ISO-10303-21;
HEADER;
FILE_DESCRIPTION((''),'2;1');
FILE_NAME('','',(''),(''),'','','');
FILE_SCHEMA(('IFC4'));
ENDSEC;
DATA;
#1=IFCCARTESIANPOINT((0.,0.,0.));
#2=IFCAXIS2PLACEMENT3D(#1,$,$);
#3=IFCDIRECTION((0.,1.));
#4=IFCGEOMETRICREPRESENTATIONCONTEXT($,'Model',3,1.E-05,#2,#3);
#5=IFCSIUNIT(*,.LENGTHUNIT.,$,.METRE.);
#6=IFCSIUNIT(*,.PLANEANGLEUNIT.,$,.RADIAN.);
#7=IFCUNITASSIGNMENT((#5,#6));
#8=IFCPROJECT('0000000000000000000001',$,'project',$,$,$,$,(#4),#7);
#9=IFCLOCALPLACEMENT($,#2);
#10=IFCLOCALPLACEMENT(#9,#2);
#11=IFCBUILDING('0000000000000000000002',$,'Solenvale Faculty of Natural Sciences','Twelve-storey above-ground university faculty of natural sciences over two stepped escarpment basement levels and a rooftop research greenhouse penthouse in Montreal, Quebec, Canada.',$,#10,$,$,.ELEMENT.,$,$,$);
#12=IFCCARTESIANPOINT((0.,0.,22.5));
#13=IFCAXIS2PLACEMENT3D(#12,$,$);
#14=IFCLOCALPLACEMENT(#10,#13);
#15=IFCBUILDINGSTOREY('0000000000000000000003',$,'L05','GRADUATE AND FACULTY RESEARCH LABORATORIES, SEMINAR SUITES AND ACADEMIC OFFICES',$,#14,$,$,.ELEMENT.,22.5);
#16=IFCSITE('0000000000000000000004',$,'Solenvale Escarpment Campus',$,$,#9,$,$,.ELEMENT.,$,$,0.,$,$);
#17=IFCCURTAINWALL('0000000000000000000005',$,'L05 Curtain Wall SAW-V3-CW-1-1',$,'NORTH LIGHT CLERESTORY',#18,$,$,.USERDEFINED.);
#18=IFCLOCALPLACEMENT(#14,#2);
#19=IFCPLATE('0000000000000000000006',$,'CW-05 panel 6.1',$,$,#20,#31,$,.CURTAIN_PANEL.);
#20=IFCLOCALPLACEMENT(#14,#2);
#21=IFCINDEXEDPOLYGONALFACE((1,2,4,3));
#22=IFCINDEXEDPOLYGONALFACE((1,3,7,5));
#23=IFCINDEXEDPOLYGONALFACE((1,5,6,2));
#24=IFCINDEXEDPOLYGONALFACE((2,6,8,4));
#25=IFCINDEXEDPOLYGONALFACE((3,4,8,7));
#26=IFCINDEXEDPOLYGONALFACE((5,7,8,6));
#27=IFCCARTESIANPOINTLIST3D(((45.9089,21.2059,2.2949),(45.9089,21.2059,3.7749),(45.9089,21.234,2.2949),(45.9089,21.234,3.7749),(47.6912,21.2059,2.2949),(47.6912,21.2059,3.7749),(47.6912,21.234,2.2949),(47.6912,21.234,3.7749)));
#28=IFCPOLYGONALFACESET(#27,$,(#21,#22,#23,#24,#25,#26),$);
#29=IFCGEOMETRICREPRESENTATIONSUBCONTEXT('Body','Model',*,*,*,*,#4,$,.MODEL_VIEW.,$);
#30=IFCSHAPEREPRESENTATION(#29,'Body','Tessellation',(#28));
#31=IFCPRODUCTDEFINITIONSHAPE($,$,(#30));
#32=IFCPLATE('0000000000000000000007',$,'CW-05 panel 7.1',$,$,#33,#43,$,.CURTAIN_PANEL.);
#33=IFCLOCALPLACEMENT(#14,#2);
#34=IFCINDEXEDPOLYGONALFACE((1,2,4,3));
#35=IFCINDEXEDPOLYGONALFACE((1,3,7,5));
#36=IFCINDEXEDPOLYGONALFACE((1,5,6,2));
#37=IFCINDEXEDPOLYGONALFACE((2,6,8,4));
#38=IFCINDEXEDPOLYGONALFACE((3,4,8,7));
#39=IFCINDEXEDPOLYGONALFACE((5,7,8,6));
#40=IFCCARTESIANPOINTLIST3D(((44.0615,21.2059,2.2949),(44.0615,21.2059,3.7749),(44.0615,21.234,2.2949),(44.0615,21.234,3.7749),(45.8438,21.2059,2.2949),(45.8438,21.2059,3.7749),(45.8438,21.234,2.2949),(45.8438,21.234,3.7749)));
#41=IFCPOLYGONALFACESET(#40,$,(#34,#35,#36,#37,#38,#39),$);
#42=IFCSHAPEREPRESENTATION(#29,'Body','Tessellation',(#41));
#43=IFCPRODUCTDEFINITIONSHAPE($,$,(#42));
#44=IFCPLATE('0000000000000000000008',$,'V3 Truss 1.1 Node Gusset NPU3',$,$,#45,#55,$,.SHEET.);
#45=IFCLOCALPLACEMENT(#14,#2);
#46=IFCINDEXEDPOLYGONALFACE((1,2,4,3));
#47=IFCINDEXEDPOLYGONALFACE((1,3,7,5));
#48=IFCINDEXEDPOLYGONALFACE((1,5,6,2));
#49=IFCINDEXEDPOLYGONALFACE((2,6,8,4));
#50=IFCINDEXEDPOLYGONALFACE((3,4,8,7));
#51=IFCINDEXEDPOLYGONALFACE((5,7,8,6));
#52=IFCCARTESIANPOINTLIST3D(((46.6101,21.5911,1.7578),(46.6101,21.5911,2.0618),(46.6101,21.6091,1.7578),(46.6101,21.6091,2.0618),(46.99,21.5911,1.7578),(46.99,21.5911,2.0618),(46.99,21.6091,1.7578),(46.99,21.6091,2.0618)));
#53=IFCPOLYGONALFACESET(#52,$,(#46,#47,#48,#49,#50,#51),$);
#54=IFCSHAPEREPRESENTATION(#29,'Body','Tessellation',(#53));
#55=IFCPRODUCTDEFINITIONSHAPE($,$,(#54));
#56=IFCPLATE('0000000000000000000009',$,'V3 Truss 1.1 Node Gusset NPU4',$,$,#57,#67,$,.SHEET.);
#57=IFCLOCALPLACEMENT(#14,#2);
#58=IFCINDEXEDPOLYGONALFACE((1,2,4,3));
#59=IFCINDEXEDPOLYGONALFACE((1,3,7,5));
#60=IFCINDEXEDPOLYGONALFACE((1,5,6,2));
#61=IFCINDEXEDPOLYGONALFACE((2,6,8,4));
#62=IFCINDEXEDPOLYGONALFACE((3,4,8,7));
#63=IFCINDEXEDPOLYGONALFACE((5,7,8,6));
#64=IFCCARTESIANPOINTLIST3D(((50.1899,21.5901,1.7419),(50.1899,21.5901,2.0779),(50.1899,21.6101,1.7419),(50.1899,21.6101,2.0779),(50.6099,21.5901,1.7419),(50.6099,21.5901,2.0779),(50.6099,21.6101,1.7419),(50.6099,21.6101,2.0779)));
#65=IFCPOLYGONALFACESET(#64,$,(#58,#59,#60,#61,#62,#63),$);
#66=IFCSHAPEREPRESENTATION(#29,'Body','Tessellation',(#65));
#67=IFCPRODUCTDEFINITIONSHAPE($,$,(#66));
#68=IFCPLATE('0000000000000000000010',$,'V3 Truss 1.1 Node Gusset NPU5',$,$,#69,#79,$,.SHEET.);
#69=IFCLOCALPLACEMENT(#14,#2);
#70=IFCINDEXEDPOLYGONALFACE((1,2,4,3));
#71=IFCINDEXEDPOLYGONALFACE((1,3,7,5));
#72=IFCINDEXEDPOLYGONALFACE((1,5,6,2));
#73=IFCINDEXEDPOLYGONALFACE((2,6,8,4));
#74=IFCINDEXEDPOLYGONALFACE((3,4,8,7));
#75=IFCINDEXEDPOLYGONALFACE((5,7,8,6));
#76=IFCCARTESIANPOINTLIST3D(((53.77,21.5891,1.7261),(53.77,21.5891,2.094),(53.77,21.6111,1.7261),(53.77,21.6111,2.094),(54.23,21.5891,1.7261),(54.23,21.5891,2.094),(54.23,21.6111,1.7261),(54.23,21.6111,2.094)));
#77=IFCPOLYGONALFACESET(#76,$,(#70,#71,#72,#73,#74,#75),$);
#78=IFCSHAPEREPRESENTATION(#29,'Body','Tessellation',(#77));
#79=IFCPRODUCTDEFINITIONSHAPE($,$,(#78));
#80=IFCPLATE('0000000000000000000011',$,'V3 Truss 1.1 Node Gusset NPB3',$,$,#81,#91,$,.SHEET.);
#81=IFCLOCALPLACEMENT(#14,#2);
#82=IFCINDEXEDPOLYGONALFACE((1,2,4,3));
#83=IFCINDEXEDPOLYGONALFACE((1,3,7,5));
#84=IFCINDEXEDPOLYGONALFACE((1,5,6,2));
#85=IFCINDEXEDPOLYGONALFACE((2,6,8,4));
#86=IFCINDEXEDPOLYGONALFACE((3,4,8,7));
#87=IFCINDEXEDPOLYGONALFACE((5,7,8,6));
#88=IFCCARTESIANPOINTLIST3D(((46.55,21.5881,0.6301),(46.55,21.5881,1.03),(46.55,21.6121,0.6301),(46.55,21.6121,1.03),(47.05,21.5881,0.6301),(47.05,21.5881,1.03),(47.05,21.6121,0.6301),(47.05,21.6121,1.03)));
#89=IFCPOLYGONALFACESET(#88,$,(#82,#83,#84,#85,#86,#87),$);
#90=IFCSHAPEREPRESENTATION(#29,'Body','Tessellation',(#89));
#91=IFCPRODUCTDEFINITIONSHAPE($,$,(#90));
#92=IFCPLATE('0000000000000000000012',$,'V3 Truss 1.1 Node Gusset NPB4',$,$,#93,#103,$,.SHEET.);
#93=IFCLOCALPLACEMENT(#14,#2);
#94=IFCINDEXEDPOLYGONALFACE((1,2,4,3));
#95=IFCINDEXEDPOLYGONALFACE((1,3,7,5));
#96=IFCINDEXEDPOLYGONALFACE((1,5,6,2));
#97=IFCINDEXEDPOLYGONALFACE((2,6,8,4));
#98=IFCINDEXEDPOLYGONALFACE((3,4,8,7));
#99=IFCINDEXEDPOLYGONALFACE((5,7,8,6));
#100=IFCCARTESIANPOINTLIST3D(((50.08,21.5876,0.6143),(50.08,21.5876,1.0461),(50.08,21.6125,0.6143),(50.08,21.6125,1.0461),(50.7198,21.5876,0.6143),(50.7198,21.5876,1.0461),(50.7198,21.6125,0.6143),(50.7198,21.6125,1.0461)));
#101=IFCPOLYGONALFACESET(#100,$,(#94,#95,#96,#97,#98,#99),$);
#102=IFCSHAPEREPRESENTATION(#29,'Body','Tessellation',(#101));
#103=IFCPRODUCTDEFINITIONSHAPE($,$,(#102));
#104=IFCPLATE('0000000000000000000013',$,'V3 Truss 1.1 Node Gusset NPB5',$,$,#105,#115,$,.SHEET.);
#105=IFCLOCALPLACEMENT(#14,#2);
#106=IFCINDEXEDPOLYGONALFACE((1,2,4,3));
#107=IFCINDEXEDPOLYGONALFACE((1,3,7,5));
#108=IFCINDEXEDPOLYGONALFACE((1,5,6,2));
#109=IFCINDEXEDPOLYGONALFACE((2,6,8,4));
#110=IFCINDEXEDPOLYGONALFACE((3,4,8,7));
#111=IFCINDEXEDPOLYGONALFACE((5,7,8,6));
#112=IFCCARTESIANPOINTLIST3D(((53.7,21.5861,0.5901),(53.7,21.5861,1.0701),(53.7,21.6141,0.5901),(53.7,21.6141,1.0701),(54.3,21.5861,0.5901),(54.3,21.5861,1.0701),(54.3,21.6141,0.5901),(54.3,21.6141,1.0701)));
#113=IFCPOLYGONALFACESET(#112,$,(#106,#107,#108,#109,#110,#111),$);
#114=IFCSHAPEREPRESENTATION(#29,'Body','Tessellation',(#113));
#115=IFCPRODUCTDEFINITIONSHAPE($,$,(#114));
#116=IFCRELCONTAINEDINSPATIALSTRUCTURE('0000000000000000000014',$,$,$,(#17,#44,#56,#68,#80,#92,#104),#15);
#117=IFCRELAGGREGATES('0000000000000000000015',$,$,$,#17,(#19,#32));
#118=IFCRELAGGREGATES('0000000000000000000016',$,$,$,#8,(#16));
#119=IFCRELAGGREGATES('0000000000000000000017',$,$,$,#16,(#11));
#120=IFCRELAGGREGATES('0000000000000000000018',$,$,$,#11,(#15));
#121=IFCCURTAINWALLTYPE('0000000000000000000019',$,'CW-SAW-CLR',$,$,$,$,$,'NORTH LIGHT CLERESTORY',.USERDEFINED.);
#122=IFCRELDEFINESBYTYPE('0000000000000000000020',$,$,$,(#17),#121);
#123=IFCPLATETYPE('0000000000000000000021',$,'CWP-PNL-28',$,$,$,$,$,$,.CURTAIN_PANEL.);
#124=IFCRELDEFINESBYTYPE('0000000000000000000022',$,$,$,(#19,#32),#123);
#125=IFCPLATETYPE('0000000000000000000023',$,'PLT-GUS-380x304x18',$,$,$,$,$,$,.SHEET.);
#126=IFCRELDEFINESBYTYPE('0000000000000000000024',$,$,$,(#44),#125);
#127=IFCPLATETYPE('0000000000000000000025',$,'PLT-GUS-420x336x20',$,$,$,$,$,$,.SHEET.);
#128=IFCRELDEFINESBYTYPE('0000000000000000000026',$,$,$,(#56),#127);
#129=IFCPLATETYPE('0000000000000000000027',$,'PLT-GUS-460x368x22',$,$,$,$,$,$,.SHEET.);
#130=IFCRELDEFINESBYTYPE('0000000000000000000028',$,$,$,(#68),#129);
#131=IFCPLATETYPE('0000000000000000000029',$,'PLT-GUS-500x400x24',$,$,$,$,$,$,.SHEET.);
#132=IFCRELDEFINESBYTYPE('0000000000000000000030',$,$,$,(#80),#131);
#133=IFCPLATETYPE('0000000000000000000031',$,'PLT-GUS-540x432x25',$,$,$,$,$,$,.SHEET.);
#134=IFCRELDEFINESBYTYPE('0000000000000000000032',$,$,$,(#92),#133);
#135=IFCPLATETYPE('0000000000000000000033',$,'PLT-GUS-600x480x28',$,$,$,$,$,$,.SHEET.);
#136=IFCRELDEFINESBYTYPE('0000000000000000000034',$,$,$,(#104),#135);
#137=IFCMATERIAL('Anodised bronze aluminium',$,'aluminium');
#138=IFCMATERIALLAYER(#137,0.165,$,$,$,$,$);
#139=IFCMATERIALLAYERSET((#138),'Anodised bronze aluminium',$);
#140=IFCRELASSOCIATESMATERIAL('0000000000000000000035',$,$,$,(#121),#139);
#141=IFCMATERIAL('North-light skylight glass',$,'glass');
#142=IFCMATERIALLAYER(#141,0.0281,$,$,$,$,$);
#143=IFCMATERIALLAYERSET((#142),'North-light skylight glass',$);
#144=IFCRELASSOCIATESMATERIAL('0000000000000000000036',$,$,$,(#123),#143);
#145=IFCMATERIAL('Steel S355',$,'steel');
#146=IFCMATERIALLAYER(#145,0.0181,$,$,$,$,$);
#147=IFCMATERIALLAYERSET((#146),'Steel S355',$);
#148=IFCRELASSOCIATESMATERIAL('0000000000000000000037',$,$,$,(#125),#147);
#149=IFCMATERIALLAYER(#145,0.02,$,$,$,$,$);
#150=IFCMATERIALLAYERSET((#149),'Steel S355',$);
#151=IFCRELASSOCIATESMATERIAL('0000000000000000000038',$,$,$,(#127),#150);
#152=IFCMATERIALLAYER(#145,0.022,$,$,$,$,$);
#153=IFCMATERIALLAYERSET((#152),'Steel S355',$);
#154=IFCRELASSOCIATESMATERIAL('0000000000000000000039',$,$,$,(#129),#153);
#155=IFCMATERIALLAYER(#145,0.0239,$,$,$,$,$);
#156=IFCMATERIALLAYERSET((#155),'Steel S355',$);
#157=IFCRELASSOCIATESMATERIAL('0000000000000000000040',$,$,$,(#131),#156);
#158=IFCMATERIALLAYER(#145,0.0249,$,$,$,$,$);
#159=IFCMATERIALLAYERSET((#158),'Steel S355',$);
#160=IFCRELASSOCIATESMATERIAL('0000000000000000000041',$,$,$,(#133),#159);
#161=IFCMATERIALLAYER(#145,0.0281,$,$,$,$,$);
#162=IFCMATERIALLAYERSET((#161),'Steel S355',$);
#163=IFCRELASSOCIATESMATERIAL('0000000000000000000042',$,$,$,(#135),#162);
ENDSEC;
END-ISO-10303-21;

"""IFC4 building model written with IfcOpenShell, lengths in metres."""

from ifc_helpers import new_model, si_unit, direction, frame, origin, origin_2d, place, context, subcontext, project, spatial, rectangle, extrude, material, layer, layer_set, type_object, element, aggregate, save


model = new_model("IFC4")

# Units and contexts
model_context = context("Model", 3, precision=1e-05, world=origin(), true_north=direction((0.0, 1.0)))
body_context = subcontext(model_context, "Body", "Model", "MODEL_VIEW")
ifc_project = project(units=[si_unit("LENGTHUNIT", "METRE"), si_unit("PLANEANGLEUNIT", "RADIAN")], contexts=[model_context])

# Site, building, storey
site_placement = place(None, origin())
site = spatial("IfcSite", under=ifc_project, at=site_placement, Name="Solenvale Escarpment Campus", CompositionType="ELEMENT", RefElevation=0.0)
building_placement = place(site_placement, origin())
building = spatial("IfcBuilding", under=site, at=building_placement, Name="Solenvale Faculty of Natural Sciences", Description="Twelve-storey above-ground university faculty of natural sciences over two stepped escarpment basement levels and a rooftop research greenhouse penthouse in Montreal, Quebec, Canada.", CompositionType="ELEMENT")
storey_placement = place(building_placement, frame((0.0, 0.0, 22.5)))
storey = spatial("IfcBuildingStorey", under=building, at=storey_placement, Name="L05", Description="GRADUATE AND FACULTY RESEARCH LABORATORIES, SEMINAR SUITES AND ACADEMIC OFFICES", CompositionType="ELEMENT", Elevation=22.5)

# Curtain wall
ifc_material_1 = material(Name="Anodised bronze aluminium", Category="aluminium")
ifc_layer_1 = layer(ifc_material_1, 0.165)
ifc_layer_set_1 = layer_set([ifc_layer_1], Name="Anodised bronze aluminium")
curtain_wall_type = type_object("IfcCurtainWallType", Name="CW-SAW-CLR", ElementType="NORTH LIGHT CLERESTORY", PredefinedType="USERDEFINED", material=ifc_layer_set_1)
curtain_wall_placement = place(storey_placement, origin())
curtain_wall = element("IfcCurtainWall", 1, at=curtain_wall_placement, inside=storey, type_object=curtain_wall_type, Name="L05 Curtain Wall SAW-V3-CW-1-1", ObjectType="NORTH LIGHT CLERESTORY", PredefinedType="USERDEFINED")

# Shared definitions
ifc_material_2 = material(Name="Steel S355", Category="steel")

# Plates
ifc_material_3 = material(Name="North-light skylight glass", Category="glass")
ifc_layer_2 = layer(ifc_material_3, 0.0281)
ifc_layer_set_2 = layer_set([ifc_layer_2], Name="North-light skylight glass")
plate_type_1 = type_object("IfcPlateType", Name="CWP-PNL-28", PredefinedType="CURTAIN_PANEL", material=ifc_layer_set_2)
plate_1_placement = place(storey_placement, frame((46.8, 21.22, 2.2949), z_axis=(0.0, 0.0, 1.0), x_axis=(-1.0, 0.0, 0.0)))
plate_1 = element("IfcPlate", 2, at=plate_1_placement, type_object=plate_type_1, Name="CW-05 panel 6.1", PredefinedType="CURTAIN_PANEL", context=body_context, shape_type="SweptSolid", body=[
    extrude(rectangle(XDim=1.7822, YDim=0.0281, at=origin_2d()), origin(), (0.0, 0.0, 1.0), 1.48),
])
plate_2_placement = place(storey_placement, frame((44.9526, 21.22, 2.2949), z_axis=(0.0, 0.0, 1.0), x_axis=(-1.0, 0.0, 0.0)))
plate_2 = element("IfcPlate", 3, at=plate_2_placement, type_object=plate_type_1, Name="CW-05 panel 7.1", PredefinedType="CURTAIN_PANEL", context=body_context, shape_type="SweptSolid", body=[
    extrude(rectangle(XDim=1.7822, YDim=0.0281, at=origin_2d()), origin(), (0.0, 0.0, 1.0), 1.48),
])
aggregate(curtain_wall, [plate_1, plate_2])

# Plates
ifc_layer_3 = layer(ifc_material_2, 0.0181)
ifc_layer_set_3 = layer_set([ifc_layer_3], Name="Steel S355")
plate_type_2 = type_object("IfcPlateType", Name="PLT-GUS-380x304x18", PredefinedType="SHEET", material=ifc_layer_set_3)
plate_3_placement = place(storey_placement, frame((46.8, 21.6001, 1.7578), z_axis=(0.0, 0.0, 1.0), x_axis=(1.0, 0.0, 0.0)))
element("IfcPlate", 4, at=plate_3_placement, inside=storey, type_object=plate_type_2, Name="V3 Truss 1.1 Node Gusset NPU3", PredefinedType="SHEET", context=body_context, shape_type="SweptSolid", body=[
    extrude(rectangle(XDim=0.3799, YDim=0.0181, at=origin_2d()), origin(), (0.0, 0.0, 1.0), 0.304),
])
ifc_layer_4 = layer(ifc_material_2, 0.02)
ifc_layer_set_4 = layer_set([ifc_layer_4], Name="Steel S355")
plate_type_3 = type_object("IfcPlateType", Name="PLT-GUS-420x336x20", PredefinedType="SHEET", material=ifc_layer_set_4)
plate_4_placement = place(storey_placement, frame((50.3999, 21.6001, 1.7419), z_axis=(0.0, 0.0, 1.0), x_axis=(1.0, 0.0, 0.0)))
element("IfcPlate", 5, at=plate_4_placement, inside=storey, type_object=plate_type_3, Name="V3 Truss 1.1 Node Gusset NPU4", PredefinedType="SHEET", context=body_context, shape_type="SweptSolid", body=[
    extrude(rectangle(XDim=0.4199, YDim=0.02, at=origin_2d()), origin(), (0.0, 0.0, 1.0), 0.3359),
])
ifc_layer_5 = layer(ifc_material_2, 0.022)
ifc_layer_set_5 = layer_set([ifc_layer_5], Name="Steel S355")
plate_type_4 = type_object("IfcPlateType", Name="PLT-GUS-460x368x22", PredefinedType="SHEET", material=ifc_layer_set_5)
plate_5_placement = place(storey_placement, frame((54.0, 21.6001, 1.7261), z_axis=(0.0, 0.0, 1.0), x_axis=(1.0, 0.0, 0.0)))
element("IfcPlate", 6, at=plate_5_placement, inside=storey, type_object=plate_type_4, Name="V3 Truss 1.1 Node Gusset NPU5", PredefinedType="SHEET", context=body_context, shape_type="SweptSolid", body=[
    extrude(rectangle(XDim=0.46, YDim=0.022, at=origin_2d()), origin(), (0.0, 0.0, 1.0), 0.3679),
])
ifc_layer_6 = layer(ifc_material_2, 0.0239)
ifc_layer_set_6 = layer_set([ifc_layer_6], Name="Steel S355")
plate_type_5 = type_object("IfcPlateType", Name="PLT-GUS-500x400x24", PredefinedType="SHEET", material=ifc_layer_set_6)
plate_6_placement = place(storey_placement, frame((46.8, 21.6001, 0.6301), z_axis=(0.0, 0.0, 1.0), x_axis=(1.0, 0.0, 0.0)))
element("IfcPlate", 7, at=plate_6_placement, inside=storey, type_object=plate_type_5, Name="V3 Truss 1.1 Node Gusset NPB3", PredefinedType="SHEET", context=body_context, shape_type="SweptSolid", body=[
    extrude(rectangle(XDim=0.5, YDim=0.0239, at=origin_2d()), origin(), (0.0, 0.0, 1.0), 0.3999),
])
ifc_layer_7 = layer(ifc_material_2, 0.0249)
ifc_layer_set_7 = layer_set([ifc_layer_7], Name="Steel S355")
plate_type_6 = type_object("IfcPlateType", Name="PLT-GUS-540x432x25", PredefinedType="SHEET", material=ifc_layer_set_7)
plate_7_placement = place(storey_placement, frame((50.3999, 21.6001, 0.6143), z_axis=(0.0, 0.0, 1.0), x_axis=(1.0, 0.0, 0.0)))
element("IfcPlate", 8, at=plate_7_placement, inside=storey, type_object=plate_type_6, Name="V3 Truss 1.1 Node Gusset NPB4", PredefinedType="SHEET", context=body_context, shape_type="SweptSolid", body=[
    extrude(rectangle(XDim=0.6399, YDim=0.0249, at=origin_2d()), origin(), (0.0, 0.0, 1.0), 0.4319),
])
ifc_layer_8 = layer(ifc_material_2, 0.0281)
ifc_layer_set_8 = layer_set([ifc_layer_8], Name="Steel S355")
plate_type_7 = type_object("IfcPlateType", Name="PLT-GUS-600x480x28", PredefinedType="SHEET", material=ifc_layer_set_8)
plate_8_placement = place(storey_placement, frame((54.0, 21.6001, 0.5901), z_axis=(0.0, 0.0, 1.0), x_axis=(1.0, 0.0, 0.0)))
element("IfcPlate", 9, at=plate_8_placement, inside=storey, type_object=plate_type_7, Name="V3 Truss 1.1 Node Gusset NPB5", PredefinedType="SHEET", context=body_context, shape_type="SweptSolid", body=[
    extrude(rectangle(XDim=0.6001, YDim=0.0281, at=origin_2d()), origin(), (0.0, 0.0, 1.0), 0.48),
])

save(model, "model.ifc")
